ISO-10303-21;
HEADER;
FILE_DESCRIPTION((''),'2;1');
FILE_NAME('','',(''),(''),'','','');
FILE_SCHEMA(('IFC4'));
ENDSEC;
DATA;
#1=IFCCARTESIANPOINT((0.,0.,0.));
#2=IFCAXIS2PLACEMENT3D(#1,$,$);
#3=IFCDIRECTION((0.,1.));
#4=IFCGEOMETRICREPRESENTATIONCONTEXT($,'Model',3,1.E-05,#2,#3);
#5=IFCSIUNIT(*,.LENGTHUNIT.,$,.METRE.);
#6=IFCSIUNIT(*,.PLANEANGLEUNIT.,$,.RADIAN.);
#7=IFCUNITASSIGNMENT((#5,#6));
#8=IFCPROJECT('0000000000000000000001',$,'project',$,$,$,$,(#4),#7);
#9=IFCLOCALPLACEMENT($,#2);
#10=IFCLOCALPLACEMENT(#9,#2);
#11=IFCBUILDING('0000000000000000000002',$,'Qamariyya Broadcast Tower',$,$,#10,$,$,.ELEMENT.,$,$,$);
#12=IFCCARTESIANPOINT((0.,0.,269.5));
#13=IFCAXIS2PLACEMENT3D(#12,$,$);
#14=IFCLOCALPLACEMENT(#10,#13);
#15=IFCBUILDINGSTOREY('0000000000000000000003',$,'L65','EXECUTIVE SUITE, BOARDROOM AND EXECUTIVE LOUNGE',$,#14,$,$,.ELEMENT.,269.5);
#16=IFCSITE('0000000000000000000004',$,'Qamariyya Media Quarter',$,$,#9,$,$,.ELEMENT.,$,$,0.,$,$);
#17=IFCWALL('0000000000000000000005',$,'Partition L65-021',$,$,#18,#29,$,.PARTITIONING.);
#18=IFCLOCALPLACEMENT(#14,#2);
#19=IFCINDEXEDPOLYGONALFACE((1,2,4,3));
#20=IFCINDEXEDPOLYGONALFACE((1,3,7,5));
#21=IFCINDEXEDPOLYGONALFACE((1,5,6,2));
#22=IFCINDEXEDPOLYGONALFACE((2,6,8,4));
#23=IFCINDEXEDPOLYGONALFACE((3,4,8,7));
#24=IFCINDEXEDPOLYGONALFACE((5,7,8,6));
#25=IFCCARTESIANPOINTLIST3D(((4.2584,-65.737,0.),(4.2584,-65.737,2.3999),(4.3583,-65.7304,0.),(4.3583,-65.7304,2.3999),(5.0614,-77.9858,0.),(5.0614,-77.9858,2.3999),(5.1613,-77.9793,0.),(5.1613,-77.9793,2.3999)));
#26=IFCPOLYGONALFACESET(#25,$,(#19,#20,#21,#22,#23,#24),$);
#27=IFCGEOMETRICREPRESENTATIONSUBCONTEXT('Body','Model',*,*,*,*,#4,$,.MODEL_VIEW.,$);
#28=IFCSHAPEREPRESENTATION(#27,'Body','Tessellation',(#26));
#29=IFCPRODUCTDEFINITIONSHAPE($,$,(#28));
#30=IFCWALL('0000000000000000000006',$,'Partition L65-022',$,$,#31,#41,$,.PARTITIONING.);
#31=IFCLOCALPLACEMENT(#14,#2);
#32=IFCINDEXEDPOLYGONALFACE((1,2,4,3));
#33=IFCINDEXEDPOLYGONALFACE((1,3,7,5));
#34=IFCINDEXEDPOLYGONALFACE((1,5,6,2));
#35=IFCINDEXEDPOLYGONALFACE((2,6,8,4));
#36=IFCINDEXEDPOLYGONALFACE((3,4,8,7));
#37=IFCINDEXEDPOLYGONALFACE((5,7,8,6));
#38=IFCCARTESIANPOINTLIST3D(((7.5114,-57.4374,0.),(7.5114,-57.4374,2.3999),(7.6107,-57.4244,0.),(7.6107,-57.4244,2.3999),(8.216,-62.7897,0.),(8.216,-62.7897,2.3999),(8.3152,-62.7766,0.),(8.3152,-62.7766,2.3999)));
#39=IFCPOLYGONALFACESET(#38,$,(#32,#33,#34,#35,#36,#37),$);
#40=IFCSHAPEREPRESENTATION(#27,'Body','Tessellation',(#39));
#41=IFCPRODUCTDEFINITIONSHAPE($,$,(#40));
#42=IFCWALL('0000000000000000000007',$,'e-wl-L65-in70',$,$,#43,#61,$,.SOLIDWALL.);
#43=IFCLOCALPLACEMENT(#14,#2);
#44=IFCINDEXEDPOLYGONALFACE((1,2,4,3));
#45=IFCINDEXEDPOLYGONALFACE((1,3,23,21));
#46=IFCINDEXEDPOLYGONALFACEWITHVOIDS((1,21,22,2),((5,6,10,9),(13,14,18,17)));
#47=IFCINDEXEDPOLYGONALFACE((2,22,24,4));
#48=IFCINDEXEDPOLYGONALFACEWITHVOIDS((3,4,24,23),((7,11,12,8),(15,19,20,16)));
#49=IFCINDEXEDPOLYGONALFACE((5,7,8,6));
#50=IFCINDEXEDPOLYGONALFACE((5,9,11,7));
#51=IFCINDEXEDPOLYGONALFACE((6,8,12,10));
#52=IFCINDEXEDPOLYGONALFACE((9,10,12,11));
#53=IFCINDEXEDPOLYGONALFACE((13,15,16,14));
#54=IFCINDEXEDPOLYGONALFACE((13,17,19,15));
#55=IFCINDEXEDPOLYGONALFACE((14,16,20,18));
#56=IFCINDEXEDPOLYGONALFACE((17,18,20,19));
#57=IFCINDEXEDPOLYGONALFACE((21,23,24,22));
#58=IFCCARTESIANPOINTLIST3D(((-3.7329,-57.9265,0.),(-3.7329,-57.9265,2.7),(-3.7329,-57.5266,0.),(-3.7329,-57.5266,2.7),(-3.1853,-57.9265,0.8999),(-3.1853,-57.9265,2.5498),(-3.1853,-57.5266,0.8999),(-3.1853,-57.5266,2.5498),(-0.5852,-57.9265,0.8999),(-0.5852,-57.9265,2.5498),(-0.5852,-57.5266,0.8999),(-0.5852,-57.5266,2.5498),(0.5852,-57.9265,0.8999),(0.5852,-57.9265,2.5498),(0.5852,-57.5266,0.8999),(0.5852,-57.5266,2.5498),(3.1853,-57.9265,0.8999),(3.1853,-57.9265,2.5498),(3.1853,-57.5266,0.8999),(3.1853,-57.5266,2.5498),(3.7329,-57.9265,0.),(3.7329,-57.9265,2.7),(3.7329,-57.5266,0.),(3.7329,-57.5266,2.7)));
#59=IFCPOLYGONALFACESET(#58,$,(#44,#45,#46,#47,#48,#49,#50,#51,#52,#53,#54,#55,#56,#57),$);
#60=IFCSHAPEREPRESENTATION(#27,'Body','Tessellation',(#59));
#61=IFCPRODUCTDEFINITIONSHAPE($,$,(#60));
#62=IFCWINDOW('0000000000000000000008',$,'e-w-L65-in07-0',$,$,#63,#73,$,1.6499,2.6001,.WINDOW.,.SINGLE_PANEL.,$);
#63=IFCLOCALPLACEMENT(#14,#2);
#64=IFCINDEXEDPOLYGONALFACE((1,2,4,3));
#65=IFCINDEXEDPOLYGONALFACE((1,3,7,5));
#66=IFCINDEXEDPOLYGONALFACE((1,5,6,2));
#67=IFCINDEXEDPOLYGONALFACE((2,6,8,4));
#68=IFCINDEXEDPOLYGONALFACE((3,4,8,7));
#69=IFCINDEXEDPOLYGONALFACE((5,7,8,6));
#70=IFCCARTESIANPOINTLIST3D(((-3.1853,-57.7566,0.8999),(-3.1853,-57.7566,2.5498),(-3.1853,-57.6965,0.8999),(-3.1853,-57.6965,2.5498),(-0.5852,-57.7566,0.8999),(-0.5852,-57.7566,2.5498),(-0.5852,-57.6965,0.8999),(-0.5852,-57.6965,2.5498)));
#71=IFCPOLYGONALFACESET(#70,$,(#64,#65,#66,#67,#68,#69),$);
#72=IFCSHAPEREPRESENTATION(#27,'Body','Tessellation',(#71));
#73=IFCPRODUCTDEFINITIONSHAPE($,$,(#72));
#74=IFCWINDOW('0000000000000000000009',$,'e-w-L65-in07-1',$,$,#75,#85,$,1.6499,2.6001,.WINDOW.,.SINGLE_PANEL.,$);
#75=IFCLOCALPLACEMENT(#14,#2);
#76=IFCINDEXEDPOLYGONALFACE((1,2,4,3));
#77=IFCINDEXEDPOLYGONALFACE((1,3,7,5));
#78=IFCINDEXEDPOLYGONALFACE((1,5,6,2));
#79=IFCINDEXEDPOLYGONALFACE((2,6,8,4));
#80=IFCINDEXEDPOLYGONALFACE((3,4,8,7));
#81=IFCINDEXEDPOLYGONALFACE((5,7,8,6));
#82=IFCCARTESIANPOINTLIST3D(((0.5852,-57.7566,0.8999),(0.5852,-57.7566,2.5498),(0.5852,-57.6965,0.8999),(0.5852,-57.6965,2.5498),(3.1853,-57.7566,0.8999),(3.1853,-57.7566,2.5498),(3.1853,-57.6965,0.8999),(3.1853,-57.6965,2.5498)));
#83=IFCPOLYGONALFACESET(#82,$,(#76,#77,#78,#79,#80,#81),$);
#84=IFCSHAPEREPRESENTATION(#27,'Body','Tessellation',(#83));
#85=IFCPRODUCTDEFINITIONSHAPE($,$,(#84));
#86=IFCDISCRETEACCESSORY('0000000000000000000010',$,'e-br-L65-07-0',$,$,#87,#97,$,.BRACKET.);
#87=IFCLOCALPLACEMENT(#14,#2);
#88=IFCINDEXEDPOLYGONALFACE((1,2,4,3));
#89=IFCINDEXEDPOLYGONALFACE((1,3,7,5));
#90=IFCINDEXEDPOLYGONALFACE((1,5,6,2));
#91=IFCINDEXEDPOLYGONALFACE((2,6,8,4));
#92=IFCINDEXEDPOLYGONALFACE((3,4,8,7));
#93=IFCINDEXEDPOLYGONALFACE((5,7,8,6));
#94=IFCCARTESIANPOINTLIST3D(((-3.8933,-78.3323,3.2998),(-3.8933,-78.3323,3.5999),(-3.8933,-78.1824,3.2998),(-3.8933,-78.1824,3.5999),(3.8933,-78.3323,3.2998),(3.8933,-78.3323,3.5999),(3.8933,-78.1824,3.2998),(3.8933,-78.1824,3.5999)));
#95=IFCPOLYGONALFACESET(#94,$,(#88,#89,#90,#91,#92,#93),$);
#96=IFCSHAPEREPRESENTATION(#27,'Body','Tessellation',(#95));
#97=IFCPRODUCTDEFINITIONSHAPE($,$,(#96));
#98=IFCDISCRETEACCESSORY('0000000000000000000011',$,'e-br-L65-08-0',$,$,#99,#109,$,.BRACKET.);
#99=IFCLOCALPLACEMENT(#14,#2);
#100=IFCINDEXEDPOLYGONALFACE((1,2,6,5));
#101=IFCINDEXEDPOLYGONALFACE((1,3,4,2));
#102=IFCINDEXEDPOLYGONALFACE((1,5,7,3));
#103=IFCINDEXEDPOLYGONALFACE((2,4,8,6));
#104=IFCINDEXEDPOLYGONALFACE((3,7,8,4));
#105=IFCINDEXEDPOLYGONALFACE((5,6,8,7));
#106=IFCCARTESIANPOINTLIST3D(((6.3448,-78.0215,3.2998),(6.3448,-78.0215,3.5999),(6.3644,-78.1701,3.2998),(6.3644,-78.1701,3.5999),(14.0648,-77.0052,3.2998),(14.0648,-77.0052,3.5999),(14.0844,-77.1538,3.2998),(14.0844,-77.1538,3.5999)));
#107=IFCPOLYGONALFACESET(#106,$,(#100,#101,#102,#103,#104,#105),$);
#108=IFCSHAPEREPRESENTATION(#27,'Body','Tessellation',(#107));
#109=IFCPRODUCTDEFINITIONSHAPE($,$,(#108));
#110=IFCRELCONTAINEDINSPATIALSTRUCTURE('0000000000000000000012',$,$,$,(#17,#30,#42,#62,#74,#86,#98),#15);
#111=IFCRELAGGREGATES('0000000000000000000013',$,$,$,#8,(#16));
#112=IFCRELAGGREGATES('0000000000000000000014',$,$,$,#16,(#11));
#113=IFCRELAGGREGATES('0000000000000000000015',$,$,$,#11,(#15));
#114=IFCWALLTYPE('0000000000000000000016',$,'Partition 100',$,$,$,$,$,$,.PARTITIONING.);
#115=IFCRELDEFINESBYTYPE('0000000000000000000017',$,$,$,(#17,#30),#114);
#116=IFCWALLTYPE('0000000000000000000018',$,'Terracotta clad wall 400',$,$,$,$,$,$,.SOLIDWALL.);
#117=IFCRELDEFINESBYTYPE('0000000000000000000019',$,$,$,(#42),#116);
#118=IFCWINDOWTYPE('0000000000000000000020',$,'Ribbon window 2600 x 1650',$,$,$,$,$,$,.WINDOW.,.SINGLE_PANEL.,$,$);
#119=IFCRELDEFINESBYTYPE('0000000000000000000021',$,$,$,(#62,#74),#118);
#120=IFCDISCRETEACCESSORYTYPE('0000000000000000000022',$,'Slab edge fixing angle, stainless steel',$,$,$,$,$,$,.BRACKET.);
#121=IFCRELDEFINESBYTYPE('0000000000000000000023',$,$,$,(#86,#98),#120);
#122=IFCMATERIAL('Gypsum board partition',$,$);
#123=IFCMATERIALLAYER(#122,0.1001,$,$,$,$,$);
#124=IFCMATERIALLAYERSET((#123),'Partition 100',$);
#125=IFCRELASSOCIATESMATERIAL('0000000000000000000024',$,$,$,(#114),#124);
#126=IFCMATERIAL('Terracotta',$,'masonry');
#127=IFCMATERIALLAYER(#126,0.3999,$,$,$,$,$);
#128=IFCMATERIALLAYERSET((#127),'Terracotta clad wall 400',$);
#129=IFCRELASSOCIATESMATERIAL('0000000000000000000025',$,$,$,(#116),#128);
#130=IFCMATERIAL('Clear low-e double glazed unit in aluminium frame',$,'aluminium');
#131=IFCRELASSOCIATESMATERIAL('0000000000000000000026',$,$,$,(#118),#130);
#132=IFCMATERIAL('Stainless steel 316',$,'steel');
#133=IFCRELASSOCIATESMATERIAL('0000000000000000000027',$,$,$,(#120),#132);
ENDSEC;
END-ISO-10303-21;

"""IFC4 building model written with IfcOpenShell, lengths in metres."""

from ifc_helpers import new_model, si_unit, direction, frame, frame_2d, origin, origin_2d, place, context, subcontext, project, spatial, rectangle, extrude, material, layer, layer_set, type_object, element, fill, save


model = new_model("IFC4")

# Units and contexts
model_context = context("Model", 3, precision=1e-05, world=origin(), true_north=direction((0.0, 1.0)))
body_context = subcontext(model_context, "Body", "Model", "MODEL_VIEW")
ifc_project = project(units=[si_unit("LENGTHUNIT", "METRE"), si_unit("PLANEANGLEUNIT", "RADIAN")], contexts=[model_context])

# Site, building, storey
site_placement = place(None, origin())
site = spatial("IfcSite", under=ifc_project, at=site_placement, Name="Qamariyya Media Quarter", CompositionType="ELEMENT", RefElevation=0.0)
building_placement = place(site_placement, origin())
building = spatial("IfcBuilding", under=site, at=building_placement, Name="Qamariyya Broadcast Tower", CompositionType="ELEMENT")
storey_placement = place(building_placement, frame((0.0, 0.0, 269.5)))
storey = spatial("IfcBuildingStorey", under=building, at=storey_placement, Name="L65", Description="EXECUTIVE SUITE, BOARDROOM AND EXECUTIVE LOUNGE", CompositionType="ELEMENT", Elevation=269.5)

# Shared definitions
ifc_material_1 = material(Name="Gypsum board partition")

# Walls
ifc_layer_1 = layer(ifc_material_1, 0.1001)
ifc_layer_set_1 = layer_set([ifc_layer_1], Name="Partition 100")
wall_type_1 = type_object("IfcWallType", Name="Partition 100", PredefinedType="PARTITIONING", material=ifc_layer_set_1)
wall_1_placement = place(storey_placement, frame((5.1113, -77.9827, 0.0), z_axis=(0.0, 0.0, 1.0), x_axis=(-0.065415, 0.997858, 0.0)))
element("IfcWall", 1, at=wall_1_placement, inside=storey, type_object=wall_type_1, Name="Partition L65-021", PredefinedType="PARTITIONING", context=body_context, shape_type="SweptSolid", body=[
    extrude(rectangle(XDim=12.2751, YDim=0.1001, at=frame_2d((6.1377, 0.0))), origin(), (0.0, 0.0, 1.0), 2.3999),
])
wall_2_placement = place(storey_placement, frame((7.561, -57.4309, 0.0), z_axis=(0.0, 0.0, 1.0), x_axis=(0.130517, -0.991446, 0.0)))
element("IfcWall", 2, at=wall_2_placement, inside=storey, type_object=wall_type_1, Name="Partition L65-022", PredefinedType="PARTITIONING", context=body_context, shape_type="SweptSolid", body=[
    extrude(rectangle(XDim=5.3984, YDim=0.1001, at=frame_2d((2.6992, 0.0))), origin(), (0.0, 0.0, 1.0), 2.3999),
])

# Wall, openings, windows
ifc_material_2 = material(Name="Terracotta", Category="masonry")
ifc_layer_2 = layer(ifc_material_2, 0.3999)
ifc_layer_set_2 = layer_set([ifc_layer_2], Name="Terracotta clad wall 400")
wall_type_2 = type_object("IfcWallType", Name="Terracotta clad wall 400", PredefinedType="SOLIDWALL", material=ifc_layer_set_2)
wall_3_placement = place(storey_placement, frame((3.7329, -57.7266, 0.0), z_axis=(0.0, 0.0, 1.0), x_axis=(-1.0, 0.0, 0.0)))
wall_3 = element("IfcWall", 3, at=wall_3_placement, inside=storey, type_object=wall_type_2, Name="e-wl-L65-in70", PredefinedType="SOLIDWALL", context=body_context, shape_type="SweptSolid", body=[
    extrude(rectangle(XDim=7.4658, YDim=0.3999, at=frame_2d((3.7329, 0.0))), origin(), (0.0, 0.0, 1.0), 2.7),
])
opening_1_placement = place(wall_3_placement, frame((4.3181, 0.0, 0.8999)))
opening_1 = element("IfcOpeningElement", 4, at=opening_1_placement, cuts=wall_3, PredefinedType="OPENING", context=body_context, shape_type="SweptSolid", body=[
    extrude(rectangle(XDim=2.6001, YDim=1.6499, at=frame_2d((1.3, 0.825))), frame((0.0, 0.21, 0.0), z_axis=(0.0, -1.0, 0.0), x_axis=(1.0, 0.0, 0.0)), (0.0, 0.0, 1.0), 0.4199),
])
opening_2_placement = place(wall_3_placement, frame((0.5476, 0.0, 0.8999)))
opening_2 = element("IfcOpeningElement", 5, at=opening_2_placement, cuts=wall_3, PredefinedType="OPENING", context=body_context, shape_type="SweptSolid", body=[
    extrude(rectangle(XDim=2.6001, YDim=1.6499, at=frame_2d((1.3, 0.825))), frame((0.0, 0.21, 0.0), z_axis=(0.0, -1.0, 0.0), x_axis=(1.0, 0.0, 0.0)), (0.0, 0.0, 1.0), 0.4199),
])
ifc_material_3 = material(Name="Clear low-e double glazed unit in aluminium frame", Category="aluminium")
window_type = type_object("IfcWindowType", Name="Ribbon window 2600 x 1650", PartitioningType="SINGLE_PANEL", PredefinedType="WINDOW", material=ifc_material_3)
window_1_placement = place(opening_1_placement, origin())
window_1 = element("IfcWindow", 6, at=window_1_placement, inside=storey, type_object=window_type, Name="e-w-L65-in07-0", OverallHeight=1.6499, OverallWidth=2.6001, PartitioningType="SINGLE_PANEL", PredefinedType="WINDOW", context=body_context, shape_type="SweptSolid", body=[
    extrude(rectangle(XDim=2.6001, YDim=1.6499, at=frame_2d((1.3, 0.825))), frame((0.0, 0.03, 0.0), z_axis=(0.0, -1.0, 0.0), x_axis=(1.0, 0.0, 0.0)), (0.0, 0.0, 1.0), 0.0601),
])
fill(opening_1, window_1)
window_2_placement = place(opening_2_placement, origin())
window_2 = element("IfcWindow", 7, at=window_2_placement, inside=storey, type_object=window_type, Name="e-w-L65-in07-1", OverallHeight=1.6499, OverallWidth=2.6001, PartitioningType="SINGLE_PANEL", PredefinedType="WINDOW", context=body_context, shape_type="SweptSolid", body=[
    extrude(rectangle(XDim=2.6001, YDim=1.6499, at=frame_2d((1.3, 0.825))), frame((0.0, 0.03, 0.0), z_axis=(0.0, -1.0, 0.0), x_axis=(1.0, 0.0, 0.0)), (0.0, 0.0, 1.0), 0.0601),
])
fill(opening_2, window_2)

# Discrete accessories
ifc_material_4 = material(Name="Stainless steel 316", Category="steel")
discrete_accessory_type = type_object("IfcDiscreteAccessoryType", Name="Slab edge fixing angle, stainless steel", PredefinedType="BRACKET", material=ifc_material_4)
for number, where, z_axis, x_axis, name in (
    (8, (0.0, -78.2573, 3.2998), (0.0, 0.0, 1.0), (1.0, 0.0, 0.0), "e-br-L65-07-0"),
    (9, (10.2146, -77.5876, 3.2998), (0.0, 0.0, 1.0), (0.991445, 0.130526, 0.0), "e-br-L65-08-0"),
):
    element("IfcDiscreteAccessory", number, at=place(storey_placement, frame(where, z_axis=z_axis, x_axis=x_axis)), inside=storey, type_object=discrete_accessory_type, Name=name, PredefinedType="BRACKET", context=body_context, shape_type="SweptSolid", body=[
        extrude(rectangle(XDim=7.7866, YDim=0.1499, at=origin_2d()), origin(), (0.0, 0.0, 1.0), 0.3),
    ])

save(model, "model.ifc")
